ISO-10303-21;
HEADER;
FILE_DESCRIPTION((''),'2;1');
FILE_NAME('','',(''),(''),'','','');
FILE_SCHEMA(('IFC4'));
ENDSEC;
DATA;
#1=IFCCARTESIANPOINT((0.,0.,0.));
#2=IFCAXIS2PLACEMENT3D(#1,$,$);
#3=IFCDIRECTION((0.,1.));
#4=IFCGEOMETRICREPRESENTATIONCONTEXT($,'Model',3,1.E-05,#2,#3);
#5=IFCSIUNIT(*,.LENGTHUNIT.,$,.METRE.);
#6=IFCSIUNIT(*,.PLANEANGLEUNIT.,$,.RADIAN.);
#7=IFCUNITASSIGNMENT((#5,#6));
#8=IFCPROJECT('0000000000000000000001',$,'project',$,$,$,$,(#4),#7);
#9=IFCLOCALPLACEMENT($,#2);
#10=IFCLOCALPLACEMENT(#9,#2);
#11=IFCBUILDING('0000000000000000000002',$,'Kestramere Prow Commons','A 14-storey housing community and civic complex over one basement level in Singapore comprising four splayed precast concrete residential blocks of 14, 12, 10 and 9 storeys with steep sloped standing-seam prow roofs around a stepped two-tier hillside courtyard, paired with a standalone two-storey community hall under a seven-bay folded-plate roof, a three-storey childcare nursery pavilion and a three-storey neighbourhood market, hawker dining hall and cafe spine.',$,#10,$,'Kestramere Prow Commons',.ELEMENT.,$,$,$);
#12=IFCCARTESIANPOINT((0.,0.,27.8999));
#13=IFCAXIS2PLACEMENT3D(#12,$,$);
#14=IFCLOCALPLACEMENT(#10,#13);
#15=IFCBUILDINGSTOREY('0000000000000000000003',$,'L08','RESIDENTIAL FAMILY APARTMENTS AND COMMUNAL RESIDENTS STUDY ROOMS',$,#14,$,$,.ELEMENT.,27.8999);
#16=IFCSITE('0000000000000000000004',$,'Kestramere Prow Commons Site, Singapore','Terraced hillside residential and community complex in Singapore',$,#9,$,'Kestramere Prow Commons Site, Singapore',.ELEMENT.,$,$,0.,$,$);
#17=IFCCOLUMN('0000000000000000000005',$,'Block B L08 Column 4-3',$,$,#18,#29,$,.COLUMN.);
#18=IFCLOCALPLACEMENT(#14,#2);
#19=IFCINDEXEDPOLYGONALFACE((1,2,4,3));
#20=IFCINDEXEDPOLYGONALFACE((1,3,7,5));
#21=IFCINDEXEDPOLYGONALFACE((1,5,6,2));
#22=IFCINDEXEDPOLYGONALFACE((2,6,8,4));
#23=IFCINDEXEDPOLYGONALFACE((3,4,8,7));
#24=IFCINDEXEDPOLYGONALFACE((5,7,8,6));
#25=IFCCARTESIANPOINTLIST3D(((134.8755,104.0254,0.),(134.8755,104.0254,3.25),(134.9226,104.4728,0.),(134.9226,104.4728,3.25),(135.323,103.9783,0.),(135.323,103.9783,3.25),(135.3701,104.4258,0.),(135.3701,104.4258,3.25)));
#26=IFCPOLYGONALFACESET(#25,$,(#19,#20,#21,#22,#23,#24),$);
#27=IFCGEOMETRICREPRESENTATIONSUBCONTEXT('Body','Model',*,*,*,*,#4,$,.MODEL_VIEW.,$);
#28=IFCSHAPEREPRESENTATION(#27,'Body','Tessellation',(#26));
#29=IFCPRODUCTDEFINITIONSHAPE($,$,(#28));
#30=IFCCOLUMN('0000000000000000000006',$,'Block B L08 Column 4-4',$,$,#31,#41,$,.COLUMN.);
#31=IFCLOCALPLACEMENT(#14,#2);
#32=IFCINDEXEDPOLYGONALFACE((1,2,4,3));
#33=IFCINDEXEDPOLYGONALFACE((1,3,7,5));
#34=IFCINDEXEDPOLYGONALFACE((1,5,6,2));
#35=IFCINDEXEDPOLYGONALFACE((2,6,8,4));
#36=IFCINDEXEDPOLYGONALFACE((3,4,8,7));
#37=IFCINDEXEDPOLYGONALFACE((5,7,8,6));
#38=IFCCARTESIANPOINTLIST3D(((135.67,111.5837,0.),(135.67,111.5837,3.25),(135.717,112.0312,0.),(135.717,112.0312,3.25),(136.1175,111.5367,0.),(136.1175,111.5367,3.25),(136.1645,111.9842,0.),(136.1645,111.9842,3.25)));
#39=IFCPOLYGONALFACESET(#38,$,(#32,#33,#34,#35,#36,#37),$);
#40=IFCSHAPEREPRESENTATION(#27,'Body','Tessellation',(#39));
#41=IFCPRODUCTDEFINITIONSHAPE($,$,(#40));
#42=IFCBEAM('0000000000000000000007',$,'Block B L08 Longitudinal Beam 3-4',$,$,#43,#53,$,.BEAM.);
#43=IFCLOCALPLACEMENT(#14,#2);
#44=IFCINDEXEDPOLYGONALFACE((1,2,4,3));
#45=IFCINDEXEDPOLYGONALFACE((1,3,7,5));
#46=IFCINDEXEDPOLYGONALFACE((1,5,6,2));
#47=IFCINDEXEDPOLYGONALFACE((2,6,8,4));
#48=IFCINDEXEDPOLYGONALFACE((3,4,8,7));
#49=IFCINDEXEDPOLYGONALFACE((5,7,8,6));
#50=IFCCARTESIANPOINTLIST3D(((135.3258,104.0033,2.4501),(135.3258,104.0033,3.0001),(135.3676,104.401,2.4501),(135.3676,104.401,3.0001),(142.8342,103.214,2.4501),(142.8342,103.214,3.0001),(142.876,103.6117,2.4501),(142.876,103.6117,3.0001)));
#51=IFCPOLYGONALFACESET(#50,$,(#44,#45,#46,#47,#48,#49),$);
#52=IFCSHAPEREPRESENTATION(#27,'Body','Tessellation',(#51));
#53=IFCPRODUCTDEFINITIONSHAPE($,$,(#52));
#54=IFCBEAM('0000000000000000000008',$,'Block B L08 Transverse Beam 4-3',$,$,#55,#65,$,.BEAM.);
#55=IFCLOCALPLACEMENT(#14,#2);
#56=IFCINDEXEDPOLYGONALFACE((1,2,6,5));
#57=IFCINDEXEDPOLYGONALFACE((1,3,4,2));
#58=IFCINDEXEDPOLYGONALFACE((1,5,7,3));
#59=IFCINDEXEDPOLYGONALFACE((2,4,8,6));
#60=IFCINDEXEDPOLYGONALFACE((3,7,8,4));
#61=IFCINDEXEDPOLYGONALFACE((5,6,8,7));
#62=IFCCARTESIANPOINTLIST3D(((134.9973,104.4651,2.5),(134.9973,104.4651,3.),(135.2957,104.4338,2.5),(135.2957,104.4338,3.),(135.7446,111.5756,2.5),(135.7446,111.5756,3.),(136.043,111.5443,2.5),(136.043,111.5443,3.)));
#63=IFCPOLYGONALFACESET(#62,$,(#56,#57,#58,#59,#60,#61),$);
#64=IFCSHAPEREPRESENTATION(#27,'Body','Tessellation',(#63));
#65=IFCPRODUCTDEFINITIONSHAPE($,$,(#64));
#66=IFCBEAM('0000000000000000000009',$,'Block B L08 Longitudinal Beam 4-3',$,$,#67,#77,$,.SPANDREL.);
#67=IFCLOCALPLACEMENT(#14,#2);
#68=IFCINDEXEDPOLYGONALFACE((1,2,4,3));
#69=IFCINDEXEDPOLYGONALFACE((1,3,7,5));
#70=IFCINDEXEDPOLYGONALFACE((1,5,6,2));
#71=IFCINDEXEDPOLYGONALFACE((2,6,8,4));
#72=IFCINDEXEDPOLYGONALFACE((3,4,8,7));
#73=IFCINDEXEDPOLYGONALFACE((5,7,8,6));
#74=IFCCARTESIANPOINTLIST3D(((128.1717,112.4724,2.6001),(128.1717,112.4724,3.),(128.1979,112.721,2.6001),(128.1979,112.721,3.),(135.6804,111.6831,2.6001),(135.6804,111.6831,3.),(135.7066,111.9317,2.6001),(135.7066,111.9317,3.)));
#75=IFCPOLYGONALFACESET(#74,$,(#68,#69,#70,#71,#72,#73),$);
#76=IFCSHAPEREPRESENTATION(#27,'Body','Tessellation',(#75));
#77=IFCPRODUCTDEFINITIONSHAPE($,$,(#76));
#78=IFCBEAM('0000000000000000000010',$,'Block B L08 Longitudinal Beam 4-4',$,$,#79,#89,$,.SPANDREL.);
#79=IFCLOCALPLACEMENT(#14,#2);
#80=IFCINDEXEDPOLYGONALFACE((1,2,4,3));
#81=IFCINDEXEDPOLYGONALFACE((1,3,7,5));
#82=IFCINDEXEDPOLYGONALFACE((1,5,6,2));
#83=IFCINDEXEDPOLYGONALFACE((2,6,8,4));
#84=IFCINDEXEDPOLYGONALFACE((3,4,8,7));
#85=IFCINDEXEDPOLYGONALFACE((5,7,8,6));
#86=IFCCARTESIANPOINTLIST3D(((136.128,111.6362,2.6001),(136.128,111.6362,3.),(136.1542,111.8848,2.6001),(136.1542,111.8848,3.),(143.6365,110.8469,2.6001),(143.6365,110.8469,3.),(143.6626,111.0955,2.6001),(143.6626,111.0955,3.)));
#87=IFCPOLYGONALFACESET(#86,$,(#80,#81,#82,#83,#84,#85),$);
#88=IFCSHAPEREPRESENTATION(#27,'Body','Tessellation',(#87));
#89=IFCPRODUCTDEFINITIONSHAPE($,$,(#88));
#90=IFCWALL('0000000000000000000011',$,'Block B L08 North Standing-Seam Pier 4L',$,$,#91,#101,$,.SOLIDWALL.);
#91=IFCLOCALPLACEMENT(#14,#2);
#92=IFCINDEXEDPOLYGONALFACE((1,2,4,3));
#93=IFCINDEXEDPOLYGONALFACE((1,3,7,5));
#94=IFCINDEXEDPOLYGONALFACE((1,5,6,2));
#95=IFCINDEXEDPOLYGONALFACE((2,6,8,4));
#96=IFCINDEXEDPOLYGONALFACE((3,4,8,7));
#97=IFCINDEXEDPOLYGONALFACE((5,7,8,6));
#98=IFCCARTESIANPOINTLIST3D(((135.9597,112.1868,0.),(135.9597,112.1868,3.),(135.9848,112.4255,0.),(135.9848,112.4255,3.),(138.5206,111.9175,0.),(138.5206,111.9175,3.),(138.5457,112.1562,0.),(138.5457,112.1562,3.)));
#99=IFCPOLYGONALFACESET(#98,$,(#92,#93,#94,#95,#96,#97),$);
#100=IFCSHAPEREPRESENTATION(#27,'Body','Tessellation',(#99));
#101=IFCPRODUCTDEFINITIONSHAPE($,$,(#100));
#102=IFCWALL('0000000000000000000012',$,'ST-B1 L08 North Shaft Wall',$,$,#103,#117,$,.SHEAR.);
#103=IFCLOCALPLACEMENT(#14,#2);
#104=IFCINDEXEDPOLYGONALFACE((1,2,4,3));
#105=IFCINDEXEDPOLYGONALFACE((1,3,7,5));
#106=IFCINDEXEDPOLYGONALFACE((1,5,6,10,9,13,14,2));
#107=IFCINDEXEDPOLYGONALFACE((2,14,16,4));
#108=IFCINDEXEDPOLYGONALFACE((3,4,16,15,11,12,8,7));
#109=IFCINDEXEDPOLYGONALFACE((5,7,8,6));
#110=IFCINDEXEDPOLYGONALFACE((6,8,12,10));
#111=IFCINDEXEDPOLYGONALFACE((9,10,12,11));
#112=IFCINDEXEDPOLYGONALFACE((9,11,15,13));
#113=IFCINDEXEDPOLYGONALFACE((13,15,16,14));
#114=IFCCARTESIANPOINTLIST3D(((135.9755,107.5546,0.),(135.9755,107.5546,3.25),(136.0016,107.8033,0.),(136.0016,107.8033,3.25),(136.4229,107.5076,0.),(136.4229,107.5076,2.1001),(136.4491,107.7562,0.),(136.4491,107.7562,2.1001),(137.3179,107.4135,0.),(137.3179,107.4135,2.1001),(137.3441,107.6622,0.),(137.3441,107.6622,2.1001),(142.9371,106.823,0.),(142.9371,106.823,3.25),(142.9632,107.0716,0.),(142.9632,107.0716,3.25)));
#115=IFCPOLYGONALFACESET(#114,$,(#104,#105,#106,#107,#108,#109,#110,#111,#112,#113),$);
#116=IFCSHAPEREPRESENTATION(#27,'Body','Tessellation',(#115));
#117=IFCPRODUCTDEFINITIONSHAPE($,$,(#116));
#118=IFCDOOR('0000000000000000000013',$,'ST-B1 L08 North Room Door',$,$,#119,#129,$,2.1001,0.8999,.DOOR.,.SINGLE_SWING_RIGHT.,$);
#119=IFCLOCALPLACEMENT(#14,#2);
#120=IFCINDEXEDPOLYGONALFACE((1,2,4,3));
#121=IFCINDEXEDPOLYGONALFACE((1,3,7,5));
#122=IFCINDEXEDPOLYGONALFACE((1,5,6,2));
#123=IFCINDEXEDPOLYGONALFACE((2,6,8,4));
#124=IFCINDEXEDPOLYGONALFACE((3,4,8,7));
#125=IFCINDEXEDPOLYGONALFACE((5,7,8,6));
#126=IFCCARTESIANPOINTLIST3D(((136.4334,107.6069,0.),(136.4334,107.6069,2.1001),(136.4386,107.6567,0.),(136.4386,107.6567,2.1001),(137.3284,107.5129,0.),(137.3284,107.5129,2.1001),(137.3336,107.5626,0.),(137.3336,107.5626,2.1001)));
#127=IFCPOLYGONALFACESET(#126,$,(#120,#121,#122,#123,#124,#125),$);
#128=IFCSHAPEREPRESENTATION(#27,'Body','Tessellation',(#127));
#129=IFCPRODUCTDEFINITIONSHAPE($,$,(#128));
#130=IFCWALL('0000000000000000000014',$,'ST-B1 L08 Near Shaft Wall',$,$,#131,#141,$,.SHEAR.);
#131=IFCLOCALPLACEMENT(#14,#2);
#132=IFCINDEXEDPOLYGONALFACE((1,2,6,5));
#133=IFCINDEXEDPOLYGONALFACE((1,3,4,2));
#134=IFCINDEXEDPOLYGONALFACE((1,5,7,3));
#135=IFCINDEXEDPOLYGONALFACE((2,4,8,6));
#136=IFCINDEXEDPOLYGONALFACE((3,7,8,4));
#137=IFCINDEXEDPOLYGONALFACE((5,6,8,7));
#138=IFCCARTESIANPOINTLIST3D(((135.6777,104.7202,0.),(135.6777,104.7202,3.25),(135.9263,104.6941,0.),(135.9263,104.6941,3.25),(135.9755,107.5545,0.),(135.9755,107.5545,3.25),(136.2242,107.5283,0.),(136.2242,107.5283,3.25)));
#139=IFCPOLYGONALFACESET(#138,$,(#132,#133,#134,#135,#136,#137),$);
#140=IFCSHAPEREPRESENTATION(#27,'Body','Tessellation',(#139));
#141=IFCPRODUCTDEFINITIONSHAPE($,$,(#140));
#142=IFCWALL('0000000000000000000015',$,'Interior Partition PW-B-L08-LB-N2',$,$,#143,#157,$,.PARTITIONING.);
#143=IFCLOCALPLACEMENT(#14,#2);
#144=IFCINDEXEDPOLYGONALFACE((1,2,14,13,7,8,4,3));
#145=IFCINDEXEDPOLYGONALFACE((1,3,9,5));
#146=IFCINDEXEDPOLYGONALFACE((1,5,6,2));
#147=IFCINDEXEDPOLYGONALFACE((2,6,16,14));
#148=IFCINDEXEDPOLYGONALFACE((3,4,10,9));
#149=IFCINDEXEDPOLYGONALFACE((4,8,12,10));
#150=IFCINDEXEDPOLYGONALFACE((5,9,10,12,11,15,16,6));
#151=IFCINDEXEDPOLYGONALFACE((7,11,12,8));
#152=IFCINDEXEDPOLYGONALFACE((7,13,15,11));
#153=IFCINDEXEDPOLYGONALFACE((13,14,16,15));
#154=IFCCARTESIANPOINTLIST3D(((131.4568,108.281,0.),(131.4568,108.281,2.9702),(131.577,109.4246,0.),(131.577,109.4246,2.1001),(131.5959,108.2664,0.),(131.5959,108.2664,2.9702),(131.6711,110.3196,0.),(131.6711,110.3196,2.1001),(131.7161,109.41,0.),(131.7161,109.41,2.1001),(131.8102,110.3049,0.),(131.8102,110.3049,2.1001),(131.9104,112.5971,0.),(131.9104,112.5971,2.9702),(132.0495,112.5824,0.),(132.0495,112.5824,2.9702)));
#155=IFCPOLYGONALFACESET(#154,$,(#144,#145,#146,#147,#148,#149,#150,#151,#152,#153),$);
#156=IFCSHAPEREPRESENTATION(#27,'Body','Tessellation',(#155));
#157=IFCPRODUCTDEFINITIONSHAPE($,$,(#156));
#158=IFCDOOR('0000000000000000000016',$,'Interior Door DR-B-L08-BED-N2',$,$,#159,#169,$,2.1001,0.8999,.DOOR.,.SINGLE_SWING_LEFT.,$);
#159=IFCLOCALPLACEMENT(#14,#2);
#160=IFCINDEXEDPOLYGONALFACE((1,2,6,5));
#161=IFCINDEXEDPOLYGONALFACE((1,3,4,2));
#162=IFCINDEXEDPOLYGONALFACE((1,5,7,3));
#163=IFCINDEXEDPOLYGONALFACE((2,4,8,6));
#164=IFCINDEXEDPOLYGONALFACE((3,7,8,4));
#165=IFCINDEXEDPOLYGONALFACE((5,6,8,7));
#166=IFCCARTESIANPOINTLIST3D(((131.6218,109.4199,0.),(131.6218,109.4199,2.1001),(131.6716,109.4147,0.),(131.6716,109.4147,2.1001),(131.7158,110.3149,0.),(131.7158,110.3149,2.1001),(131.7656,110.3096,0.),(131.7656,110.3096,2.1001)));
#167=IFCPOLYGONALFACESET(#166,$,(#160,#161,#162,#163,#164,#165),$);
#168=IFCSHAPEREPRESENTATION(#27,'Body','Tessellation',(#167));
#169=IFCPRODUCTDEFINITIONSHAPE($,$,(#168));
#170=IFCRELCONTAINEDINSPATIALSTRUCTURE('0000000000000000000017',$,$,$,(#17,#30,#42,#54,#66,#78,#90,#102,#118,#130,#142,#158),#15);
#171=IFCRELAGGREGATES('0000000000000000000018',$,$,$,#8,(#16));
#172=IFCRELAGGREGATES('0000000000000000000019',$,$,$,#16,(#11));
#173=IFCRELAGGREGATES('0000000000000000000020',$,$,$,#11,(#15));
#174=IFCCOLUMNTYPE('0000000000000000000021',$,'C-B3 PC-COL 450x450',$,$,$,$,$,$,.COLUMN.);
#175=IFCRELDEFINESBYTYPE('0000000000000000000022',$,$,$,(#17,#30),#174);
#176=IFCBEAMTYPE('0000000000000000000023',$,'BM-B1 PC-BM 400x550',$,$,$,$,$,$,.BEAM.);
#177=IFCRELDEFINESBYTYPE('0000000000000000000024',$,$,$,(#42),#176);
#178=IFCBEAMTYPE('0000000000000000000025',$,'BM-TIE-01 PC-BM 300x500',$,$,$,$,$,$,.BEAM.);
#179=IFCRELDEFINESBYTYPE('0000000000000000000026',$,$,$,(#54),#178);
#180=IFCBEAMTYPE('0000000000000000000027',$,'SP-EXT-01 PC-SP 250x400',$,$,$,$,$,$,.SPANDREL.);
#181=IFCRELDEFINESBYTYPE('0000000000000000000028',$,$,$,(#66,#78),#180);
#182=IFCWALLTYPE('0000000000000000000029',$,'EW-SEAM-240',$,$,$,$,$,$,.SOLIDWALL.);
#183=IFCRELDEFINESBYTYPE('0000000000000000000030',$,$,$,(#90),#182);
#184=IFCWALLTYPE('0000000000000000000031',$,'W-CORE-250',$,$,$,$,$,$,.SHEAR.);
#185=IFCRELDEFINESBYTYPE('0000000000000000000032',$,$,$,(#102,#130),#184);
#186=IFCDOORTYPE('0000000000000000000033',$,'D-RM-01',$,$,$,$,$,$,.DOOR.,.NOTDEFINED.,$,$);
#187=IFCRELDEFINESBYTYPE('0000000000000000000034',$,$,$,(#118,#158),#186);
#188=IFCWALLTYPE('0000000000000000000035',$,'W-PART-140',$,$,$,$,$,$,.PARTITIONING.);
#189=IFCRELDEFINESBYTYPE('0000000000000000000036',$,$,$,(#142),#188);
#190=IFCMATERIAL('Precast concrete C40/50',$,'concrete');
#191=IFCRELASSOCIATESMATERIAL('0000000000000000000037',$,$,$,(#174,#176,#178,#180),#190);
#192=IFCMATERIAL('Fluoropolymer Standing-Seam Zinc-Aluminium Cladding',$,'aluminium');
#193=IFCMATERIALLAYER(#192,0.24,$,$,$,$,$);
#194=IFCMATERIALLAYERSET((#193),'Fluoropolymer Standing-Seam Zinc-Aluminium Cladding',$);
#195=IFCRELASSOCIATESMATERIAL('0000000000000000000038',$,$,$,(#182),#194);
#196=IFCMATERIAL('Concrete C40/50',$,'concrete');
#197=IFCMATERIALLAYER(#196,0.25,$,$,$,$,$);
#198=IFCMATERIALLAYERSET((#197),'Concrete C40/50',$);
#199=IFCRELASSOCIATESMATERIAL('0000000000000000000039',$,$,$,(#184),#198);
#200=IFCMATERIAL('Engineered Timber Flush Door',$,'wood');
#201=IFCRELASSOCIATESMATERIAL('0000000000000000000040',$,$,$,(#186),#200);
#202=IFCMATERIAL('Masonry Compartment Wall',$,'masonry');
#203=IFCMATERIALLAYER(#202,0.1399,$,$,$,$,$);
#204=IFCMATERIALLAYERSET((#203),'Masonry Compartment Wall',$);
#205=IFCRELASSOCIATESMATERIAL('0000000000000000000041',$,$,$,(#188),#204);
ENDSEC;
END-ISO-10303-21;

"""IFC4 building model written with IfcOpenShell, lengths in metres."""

from ifc_helpers import new_model, si_unit, direction, frame, frame_2d, origin, origin_2d, place, context, subcontext, project, spatial, rectangle, extrude, material, layer, layer_set, material_profile, profile_set, type_object, element, fill, save


model = new_model("IFC4")

# Units and contexts
model_context = context("Model", 3, precision=1e-05, world=origin(), true_north=direction((0.0, 1.0)))
body_context = subcontext(model_context, "Body", "Model", "MODEL_VIEW")
ifc_project = project(units=[si_unit("LENGTHUNIT", "METRE"), si_unit("PLANEANGLEUNIT", "RADIAN")], contexts=[model_context])

# Site, building, storey
site_placement = place(None, origin())
site = spatial("IfcSite", under=ifc_project, at=site_placement, Name="Kestramere Prow Commons Site, Singapore", Description="Terraced hillside residential and community complex in Singapore", LongName="Kestramere Prow Commons Site, Singapore", CompositionType="ELEMENT", RefElevation=0.0)
building_placement = place(site_placement, origin())
building = spatial("IfcBuilding", under=site, at=building_placement, Name="Kestramere Prow Commons", Description="A 14-storey housing community and civic complex over one basement level in Singapore comprising four splayed precast concrete residential blocks of 14, 12, 10 and 9 storeys with steep sloped standing-seam prow roofs around a stepped two-tier hillside courtyard, paired with a standalone two-storey community hall under a seven-bay folded-plate roof, a three-storey childcare nursery pavilion and a three-storey neighbourhood market, hawker dining hall and cafe spine.", LongName="Kestramere Prow Commons", CompositionType="ELEMENT")
storey_placement = place(building_placement, frame((0.0, 0.0, 27.8999)))
storey = spatial("IfcBuildingStorey", under=building, at=storey_placement, Name="L08", Description="RESIDENTIAL FAMILY APARTMENTS AND COMMUNAL RESIDENTS STUDY ROOMS", CompositionType="ELEMENT", Elevation=27.8999)

# Columns
ifc_material_1 = material(Name="Precast concrete C40/50", Category="concrete")
ifc_material_profile_1 = material_profile(ifc_material_1, rectangle(XDim=0.45, YDim=0.45, at=origin_2d()), Name="PC-COL 450x450")
ifc_profile_set_1 = profile_set([ifc_material_profile_1], Name="Precast concrete C40/50")
column_type = type_object("IfcColumnType", Name="C-B3 PC-COL 450x450", PredefinedType="COLUMN", material=ifc_profile_set_1)
for number, where, z_axis, x_axis, name in (
    (1, (135.1228, 104.2256, 0.0), (0.0, 0.0, 1.0), (0.994522, -0.104528, 0.0), "Block B L08 Column 4-3"),
    (2, (135.9172, 111.7839, 0.0), (0.0, 0.0, 1.0), (0.994522, -0.104528, 0.0), "Block B L08 Column 4-4"),
):
    element("IfcColumn", number, at=place(storey_placement, frame(where, z_axis=z_axis, x_axis=x_axis)), inside=storey, type_object=column_type, Name=name, PredefinedType="COLUMN", context=body_context, shape_type="SweptSolid", body=[
        extrude(rectangle(XDim=0.45, YDim=0.45, at=origin_2d()), origin(), (0.0, 0.0, 1.0), 3.25),
    ])

# Beams
ifc_material_profile_2 = material_profile(ifc_material_1, rectangle(XDim=0.3999, YDim=0.55, at=origin_2d()), Name="PC-BM 400x550")
ifc_profile_set_2 = profile_set([ifc_material_profile_2], Name="Precast concrete C40/50")
beam_type_1 = type_object("IfcBeamType", Name="BM-B1 PC-BM 400x550", PredefinedType="BEAM", material=ifc_profile_set_2)
beam_1_placement = place(storey_placement, frame((135.3467, 104.2021, 2.7251), z_axis=(0.99452, -0.104545, 0.0), x_axis=(0.104545, 0.99452, 0.0)))
element("IfcBeam", 3, at=beam_1_placement, inside=storey, type_object=beam_type_1, Name="Block B L08 Longitudinal Beam 3-4", PredefinedType="BEAM", context=body_context, shape_type="SweptSolid", body=[
    extrude(rectangle(XDim=0.3999, YDim=0.55, at=origin_2d()), origin(), (0.0, 0.0, 1.0), 7.5498),
])
ifc_material_profile_3 = material_profile(ifc_material_1, rectangle(XDim=0.3, YDim=0.5, at=origin_2d()), Name="PC-BM 300x500")
ifc_profile_set_3 = profile_set([ifc_material_profile_3], Name="Precast concrete C40/50")
beam_type_2 = type_object("IfcBeamType", Name="BM-TIE-01 PC-BM 300x500", PredefinedType="BEAM", material=ifc_profile_set_3)
beam_2_placement = place(storey_placement, frame((135.1465, 104.4495, 2.75), z_axis=(0.104523, 0.994522, 0.0), x_axis=(-0.994522, 0.104523, 0.0)))
element("IfcBeam", 4, at=beam_2_placement, inside=storey, type_object=beam_type_2, Name="Block B L08 Transverse Beam 4-3", PredefinedType="BEAM", context=body_context, shape_type="SweptSolid", body=[
    extrude(rectangle(XDim=0.3, YDim=0.5, at=origin_2d()), origin(), (0.0, 0.0, 1.0), 7.1497),
])
ifc_material_profile_4 = material_profile(ifc_material_1, rectangle(XDim=0.25, YDim=0.3999, at=origin_2d()), Name="PC-SP 250x400")
ifc_profile_set_4 = profile_set([ifc_material_profile_4], Name="Precast concrete C40/50")
beam_type_3 = type_object("IfcBeamType", Name="SP-EXT-01 PC-SP 250x400", PredefinedType="SPANDREL", material=ifc_profile_set_4)
beam_3_placement = place(storey_placement, frame((128.1848, 112.5967, 2.8), z_axis=(0.994521, -0.104542, 0.0), x_axis=(0.104542, 0.994521, 0.0)))
element("IfcBeam", 5, at=beam_3_placement, inside=storey, type_object=beam_type_3, Name="Block B L08 Longitudinal Beam 4-3", PredefinedType="SPANDREL", context=body_context, shape_type="SweptSolid", body=[
    extrude(rectangle(XDim=0.25, YDim=0.3999, at=origin_2d()), origin(), (0.0, 0.0, 1.0), 7.55),
])
beam_4_placement = place(storey_placement, frame((136.1411, 111.7605, 2.8), z_axis=(0.99452, -0.104545, 0.0), x_axis=(0.104545, 0.99452, 0.0)))
element("IfcBeam", 6, at=beam_4_placement, inside=storey, type_object=beam_type_3, Name="Block B L08 Longitudinal Beam 4-4", PredefinedType="SPANDREL", context=body_context, shape_type="SweptSolid", body=[
    extrude(rectangle(XDim=0.25, YDim=0.3999, at=origin_2d()), origin(), (0.0, 0.0, 1.0), 7.5498),
])

# Wall
ifc_material_2 = material(Name="Fluoropolymer Standing-Seam Zinc-Aluminium Cladding", Category="aluminium")
ifc_layer_1 = layer(ifc_material_2, 0.24)
ifc_layer_set_1 = layer_set([ifc_layer_1], Name="Fluoropolymer Standing-Seam Zinc-Aluminium Cladding")
wall_type_1 = type_object("IfcWallType", Name="EW-SEAM-240", PredefinedType="SOLIDWALL", material=ifc_layer_set_1)
wall_1_placement = place(storey_placement, frame((135.9722, 112.3062, 0.0), z_axis=(0.0, 0.0, 1.0), x_axis=(0.994516, -0.104581, 0.0)))
element("IfcWall", 7, at=wall_1_placement, inside=storey, type_object=wall_type_1, Name="Block B L08 North Standing-Seam Pier 4L", PredefinedType="SOLIDWALL", context=body_context, shape_type="SweptSolid", body=[
    extrude(rectangle(XDim=2.575, YDim=0.24, at=frame_2d((1.2876, 0.0))), origin(), (0.0, 0.0, 1.0), 3.0),
])

# Wall, opening, door
ifc_material_3 = material(Name="Concrete C40/50", Category="concrete")
ifc_layer_2 = layer(ifc_material_3, 0.25)
ifc_layer_set_2 = layer_set([ifc_layer_2], Name="Concrete C40/50")
wall_type_2 = type_object("IfcWallType", Name="W-CORE-250", PredefinedType="SHEAR", material=ifc_layer_set_2)
wall_2_placement = place(storey_placement, frame((135.9885, 107.679, 0.0), z_axis=(0.0, 0.0, 1.0), x_axis=(0.994522, -0.104527, 0.0)))
wall_2 = element("IfcWall", 8, at=wall_2_placement, inside=storey, type_object=wall_type_2, Name="ST-B1 L08 North Shaft Wall", PredefinedType="SHEAR", context=body_context, shape_type="SweptSolid", body=[
    extrude(rectangle(XDim=7.0, YDim=0.25, at=frame_2d((3.5, 0.0))), origin(), (0.0, 0.0, 1.0), 3.25),
])
opening_1_placement = place(wall_2_placement, frame((0.45, 0.0, 0.0)))
opening_1 = element("IfcOpeningElement", 9, at=opening_1_placement, cuts=wall_2, PredefinedType="OPENING", context=body_context, shape_type="SweptSolid", body=[
    extrude(rectangle(XDim=0.8999, YDim=2.1001, at=frame_2d((0.45, 1.05))), frame((0.0, 0.1399, 0.0), z_axis=(0.0, -1.0, 0.0), x_axis=(1.0, 0.0, 0.0)), (0.0, 0.0, 1.0), 0.28),
])
ifc_material_4 = material(Name="Engineered Timber Flush Door", Category="wood")
door_type_1 = type_object("IfcDoorType", Name="D-RM-01", OperationType="NOTDEFINED", PredefinedType="DOOR", material=ifc_material_4)
door_1_placement = place(opening_1_placement, origin())
door_1 = element("IfcDoor", 10, at=door_1_placement, inside=storey, type_object=door_type_1, Name="ST-B1 L08 North Room Door", OperationType="SINGLE_SWING_RIGHT", OverallHeight=2.1001, OverallWidth=0.8999, PredefinedType="DOOR", context=body_context, shape_type="SweptSolid", body=[
    extrude(rectangle(XDim=0.8999, YDim=2.1001, at=frame_2d((0.45, 1.05))), frame((0.0, 0.0249, 0.0), z_axis=(0.0, -1.0, 0.0), x_axis=(1.0, 0.0, 0.0)), (0.0, 0.0, 1.0), 0.05),
])
fill(opening_1, door_1)

# Wall
wall_3_placement = place(storey_placement, frame((135.802, 104.7073, 0.0), z_axis=(0.0, 0.0, 1.0), x_axis=(0.104515, 0.994523, 0.0)))
element("IfcWall", 11, at=wall_3_placement, inside=storey, type_object=wall_type_2, Name="ST-B1 L08 Near Shaft Wall", PredefinedType="SHEAR", context=body_context, shape_type="SweptSolid", body=[
    extrude(rectangle(XDim=2.8499, YDim=0.25, at=frame_2d((1.4248, 0.0))), origin(), (0.0, 0.0, 1.0), 3.25),
])

# Wall, opening, door
ifc_material_5 = material(Name="Masonry Compartment Wall", Category="masonry")
ifc_layer_3 = layer(ifc_material_5, 0.1399)
ifc_layer_set_3 = layer_set([ifc_layer_3], Name="Masonry Compartment Wall")
wall_type_3 = type_object("IfcWallType", Name="W-PART-140", PredefinedType="PARTITIONING", material=ifc_layer_set_3)
wall_4_placement = place(storey_placement, frame((131.5264, 108.2737, 0.0), z_axis=(0.0, 0.0, 1.0), x_axis=(0.104521, 0.994523, 0.0)))
wall_4 = element("IfcWall", 12, at=wall_4_placement, inside=storey, type_object=wall_type_3, Name="Interior Partition PW-B-L08-LB-N2", PredefinedType="PARTITIONING", context=body_context, shape_type="SweptSolid", body=[
    extrude(rectangle(XDim=4.3398, YDim=0.1399, at=frame_2d((2.1699, 0.0))), origin(), (0.0, 0.0, 1.0), 2.9702),
])
opening_2_placement = place(wall_4_placement, frame((1.1499, 0.0, 0.0)))
opening_2 = element("IfcOpeningElement", 13, at=opening_2_placement, cuts=wall_4, PredefinedType="OPENING", context=body_context, shape_type="SweptSolid", body=[
    extrude(rectangle(XDim=0.8999, YDim=2.1001, at=frame_2d((0.45, 1.05))), frame((0.0, 0.085, 0.0), z_axis=(0.0, -1.0, 0.0), x_axis=(1.0, 0.0, 0.0)), (0.0, 0.0, 1.0), 0.1699),
])
door_2_placement = place(opening_2_placement, origin())
door_2 = element("IfcDoor", 14, at=door_2_placement, inside=storey, type_object=door_type_1, Name="Interior Door DR-B-L08-BED-N2", OperationType="SINGLE_SWING_LEFT", OverallHeight=2.1001, OverallWidth=0.8999, PredefinedType="DOOR", context=body_context, shape_type="SweptSolid", body=[
    extrude(rectangle(XDim=0.8999, YDim=2.1001, at=frame_2d((0.45, 1.05))), frame((0.0, 0.0249, 0.0), z_axis=(0.0, -1.0, 0.0), x_axis=(1.0, 0.0, 0.0)), (0.0, 0.0, 1.0), 0.05),
])
fill(opening_2, door_2)

save(model, "model.ifc")
